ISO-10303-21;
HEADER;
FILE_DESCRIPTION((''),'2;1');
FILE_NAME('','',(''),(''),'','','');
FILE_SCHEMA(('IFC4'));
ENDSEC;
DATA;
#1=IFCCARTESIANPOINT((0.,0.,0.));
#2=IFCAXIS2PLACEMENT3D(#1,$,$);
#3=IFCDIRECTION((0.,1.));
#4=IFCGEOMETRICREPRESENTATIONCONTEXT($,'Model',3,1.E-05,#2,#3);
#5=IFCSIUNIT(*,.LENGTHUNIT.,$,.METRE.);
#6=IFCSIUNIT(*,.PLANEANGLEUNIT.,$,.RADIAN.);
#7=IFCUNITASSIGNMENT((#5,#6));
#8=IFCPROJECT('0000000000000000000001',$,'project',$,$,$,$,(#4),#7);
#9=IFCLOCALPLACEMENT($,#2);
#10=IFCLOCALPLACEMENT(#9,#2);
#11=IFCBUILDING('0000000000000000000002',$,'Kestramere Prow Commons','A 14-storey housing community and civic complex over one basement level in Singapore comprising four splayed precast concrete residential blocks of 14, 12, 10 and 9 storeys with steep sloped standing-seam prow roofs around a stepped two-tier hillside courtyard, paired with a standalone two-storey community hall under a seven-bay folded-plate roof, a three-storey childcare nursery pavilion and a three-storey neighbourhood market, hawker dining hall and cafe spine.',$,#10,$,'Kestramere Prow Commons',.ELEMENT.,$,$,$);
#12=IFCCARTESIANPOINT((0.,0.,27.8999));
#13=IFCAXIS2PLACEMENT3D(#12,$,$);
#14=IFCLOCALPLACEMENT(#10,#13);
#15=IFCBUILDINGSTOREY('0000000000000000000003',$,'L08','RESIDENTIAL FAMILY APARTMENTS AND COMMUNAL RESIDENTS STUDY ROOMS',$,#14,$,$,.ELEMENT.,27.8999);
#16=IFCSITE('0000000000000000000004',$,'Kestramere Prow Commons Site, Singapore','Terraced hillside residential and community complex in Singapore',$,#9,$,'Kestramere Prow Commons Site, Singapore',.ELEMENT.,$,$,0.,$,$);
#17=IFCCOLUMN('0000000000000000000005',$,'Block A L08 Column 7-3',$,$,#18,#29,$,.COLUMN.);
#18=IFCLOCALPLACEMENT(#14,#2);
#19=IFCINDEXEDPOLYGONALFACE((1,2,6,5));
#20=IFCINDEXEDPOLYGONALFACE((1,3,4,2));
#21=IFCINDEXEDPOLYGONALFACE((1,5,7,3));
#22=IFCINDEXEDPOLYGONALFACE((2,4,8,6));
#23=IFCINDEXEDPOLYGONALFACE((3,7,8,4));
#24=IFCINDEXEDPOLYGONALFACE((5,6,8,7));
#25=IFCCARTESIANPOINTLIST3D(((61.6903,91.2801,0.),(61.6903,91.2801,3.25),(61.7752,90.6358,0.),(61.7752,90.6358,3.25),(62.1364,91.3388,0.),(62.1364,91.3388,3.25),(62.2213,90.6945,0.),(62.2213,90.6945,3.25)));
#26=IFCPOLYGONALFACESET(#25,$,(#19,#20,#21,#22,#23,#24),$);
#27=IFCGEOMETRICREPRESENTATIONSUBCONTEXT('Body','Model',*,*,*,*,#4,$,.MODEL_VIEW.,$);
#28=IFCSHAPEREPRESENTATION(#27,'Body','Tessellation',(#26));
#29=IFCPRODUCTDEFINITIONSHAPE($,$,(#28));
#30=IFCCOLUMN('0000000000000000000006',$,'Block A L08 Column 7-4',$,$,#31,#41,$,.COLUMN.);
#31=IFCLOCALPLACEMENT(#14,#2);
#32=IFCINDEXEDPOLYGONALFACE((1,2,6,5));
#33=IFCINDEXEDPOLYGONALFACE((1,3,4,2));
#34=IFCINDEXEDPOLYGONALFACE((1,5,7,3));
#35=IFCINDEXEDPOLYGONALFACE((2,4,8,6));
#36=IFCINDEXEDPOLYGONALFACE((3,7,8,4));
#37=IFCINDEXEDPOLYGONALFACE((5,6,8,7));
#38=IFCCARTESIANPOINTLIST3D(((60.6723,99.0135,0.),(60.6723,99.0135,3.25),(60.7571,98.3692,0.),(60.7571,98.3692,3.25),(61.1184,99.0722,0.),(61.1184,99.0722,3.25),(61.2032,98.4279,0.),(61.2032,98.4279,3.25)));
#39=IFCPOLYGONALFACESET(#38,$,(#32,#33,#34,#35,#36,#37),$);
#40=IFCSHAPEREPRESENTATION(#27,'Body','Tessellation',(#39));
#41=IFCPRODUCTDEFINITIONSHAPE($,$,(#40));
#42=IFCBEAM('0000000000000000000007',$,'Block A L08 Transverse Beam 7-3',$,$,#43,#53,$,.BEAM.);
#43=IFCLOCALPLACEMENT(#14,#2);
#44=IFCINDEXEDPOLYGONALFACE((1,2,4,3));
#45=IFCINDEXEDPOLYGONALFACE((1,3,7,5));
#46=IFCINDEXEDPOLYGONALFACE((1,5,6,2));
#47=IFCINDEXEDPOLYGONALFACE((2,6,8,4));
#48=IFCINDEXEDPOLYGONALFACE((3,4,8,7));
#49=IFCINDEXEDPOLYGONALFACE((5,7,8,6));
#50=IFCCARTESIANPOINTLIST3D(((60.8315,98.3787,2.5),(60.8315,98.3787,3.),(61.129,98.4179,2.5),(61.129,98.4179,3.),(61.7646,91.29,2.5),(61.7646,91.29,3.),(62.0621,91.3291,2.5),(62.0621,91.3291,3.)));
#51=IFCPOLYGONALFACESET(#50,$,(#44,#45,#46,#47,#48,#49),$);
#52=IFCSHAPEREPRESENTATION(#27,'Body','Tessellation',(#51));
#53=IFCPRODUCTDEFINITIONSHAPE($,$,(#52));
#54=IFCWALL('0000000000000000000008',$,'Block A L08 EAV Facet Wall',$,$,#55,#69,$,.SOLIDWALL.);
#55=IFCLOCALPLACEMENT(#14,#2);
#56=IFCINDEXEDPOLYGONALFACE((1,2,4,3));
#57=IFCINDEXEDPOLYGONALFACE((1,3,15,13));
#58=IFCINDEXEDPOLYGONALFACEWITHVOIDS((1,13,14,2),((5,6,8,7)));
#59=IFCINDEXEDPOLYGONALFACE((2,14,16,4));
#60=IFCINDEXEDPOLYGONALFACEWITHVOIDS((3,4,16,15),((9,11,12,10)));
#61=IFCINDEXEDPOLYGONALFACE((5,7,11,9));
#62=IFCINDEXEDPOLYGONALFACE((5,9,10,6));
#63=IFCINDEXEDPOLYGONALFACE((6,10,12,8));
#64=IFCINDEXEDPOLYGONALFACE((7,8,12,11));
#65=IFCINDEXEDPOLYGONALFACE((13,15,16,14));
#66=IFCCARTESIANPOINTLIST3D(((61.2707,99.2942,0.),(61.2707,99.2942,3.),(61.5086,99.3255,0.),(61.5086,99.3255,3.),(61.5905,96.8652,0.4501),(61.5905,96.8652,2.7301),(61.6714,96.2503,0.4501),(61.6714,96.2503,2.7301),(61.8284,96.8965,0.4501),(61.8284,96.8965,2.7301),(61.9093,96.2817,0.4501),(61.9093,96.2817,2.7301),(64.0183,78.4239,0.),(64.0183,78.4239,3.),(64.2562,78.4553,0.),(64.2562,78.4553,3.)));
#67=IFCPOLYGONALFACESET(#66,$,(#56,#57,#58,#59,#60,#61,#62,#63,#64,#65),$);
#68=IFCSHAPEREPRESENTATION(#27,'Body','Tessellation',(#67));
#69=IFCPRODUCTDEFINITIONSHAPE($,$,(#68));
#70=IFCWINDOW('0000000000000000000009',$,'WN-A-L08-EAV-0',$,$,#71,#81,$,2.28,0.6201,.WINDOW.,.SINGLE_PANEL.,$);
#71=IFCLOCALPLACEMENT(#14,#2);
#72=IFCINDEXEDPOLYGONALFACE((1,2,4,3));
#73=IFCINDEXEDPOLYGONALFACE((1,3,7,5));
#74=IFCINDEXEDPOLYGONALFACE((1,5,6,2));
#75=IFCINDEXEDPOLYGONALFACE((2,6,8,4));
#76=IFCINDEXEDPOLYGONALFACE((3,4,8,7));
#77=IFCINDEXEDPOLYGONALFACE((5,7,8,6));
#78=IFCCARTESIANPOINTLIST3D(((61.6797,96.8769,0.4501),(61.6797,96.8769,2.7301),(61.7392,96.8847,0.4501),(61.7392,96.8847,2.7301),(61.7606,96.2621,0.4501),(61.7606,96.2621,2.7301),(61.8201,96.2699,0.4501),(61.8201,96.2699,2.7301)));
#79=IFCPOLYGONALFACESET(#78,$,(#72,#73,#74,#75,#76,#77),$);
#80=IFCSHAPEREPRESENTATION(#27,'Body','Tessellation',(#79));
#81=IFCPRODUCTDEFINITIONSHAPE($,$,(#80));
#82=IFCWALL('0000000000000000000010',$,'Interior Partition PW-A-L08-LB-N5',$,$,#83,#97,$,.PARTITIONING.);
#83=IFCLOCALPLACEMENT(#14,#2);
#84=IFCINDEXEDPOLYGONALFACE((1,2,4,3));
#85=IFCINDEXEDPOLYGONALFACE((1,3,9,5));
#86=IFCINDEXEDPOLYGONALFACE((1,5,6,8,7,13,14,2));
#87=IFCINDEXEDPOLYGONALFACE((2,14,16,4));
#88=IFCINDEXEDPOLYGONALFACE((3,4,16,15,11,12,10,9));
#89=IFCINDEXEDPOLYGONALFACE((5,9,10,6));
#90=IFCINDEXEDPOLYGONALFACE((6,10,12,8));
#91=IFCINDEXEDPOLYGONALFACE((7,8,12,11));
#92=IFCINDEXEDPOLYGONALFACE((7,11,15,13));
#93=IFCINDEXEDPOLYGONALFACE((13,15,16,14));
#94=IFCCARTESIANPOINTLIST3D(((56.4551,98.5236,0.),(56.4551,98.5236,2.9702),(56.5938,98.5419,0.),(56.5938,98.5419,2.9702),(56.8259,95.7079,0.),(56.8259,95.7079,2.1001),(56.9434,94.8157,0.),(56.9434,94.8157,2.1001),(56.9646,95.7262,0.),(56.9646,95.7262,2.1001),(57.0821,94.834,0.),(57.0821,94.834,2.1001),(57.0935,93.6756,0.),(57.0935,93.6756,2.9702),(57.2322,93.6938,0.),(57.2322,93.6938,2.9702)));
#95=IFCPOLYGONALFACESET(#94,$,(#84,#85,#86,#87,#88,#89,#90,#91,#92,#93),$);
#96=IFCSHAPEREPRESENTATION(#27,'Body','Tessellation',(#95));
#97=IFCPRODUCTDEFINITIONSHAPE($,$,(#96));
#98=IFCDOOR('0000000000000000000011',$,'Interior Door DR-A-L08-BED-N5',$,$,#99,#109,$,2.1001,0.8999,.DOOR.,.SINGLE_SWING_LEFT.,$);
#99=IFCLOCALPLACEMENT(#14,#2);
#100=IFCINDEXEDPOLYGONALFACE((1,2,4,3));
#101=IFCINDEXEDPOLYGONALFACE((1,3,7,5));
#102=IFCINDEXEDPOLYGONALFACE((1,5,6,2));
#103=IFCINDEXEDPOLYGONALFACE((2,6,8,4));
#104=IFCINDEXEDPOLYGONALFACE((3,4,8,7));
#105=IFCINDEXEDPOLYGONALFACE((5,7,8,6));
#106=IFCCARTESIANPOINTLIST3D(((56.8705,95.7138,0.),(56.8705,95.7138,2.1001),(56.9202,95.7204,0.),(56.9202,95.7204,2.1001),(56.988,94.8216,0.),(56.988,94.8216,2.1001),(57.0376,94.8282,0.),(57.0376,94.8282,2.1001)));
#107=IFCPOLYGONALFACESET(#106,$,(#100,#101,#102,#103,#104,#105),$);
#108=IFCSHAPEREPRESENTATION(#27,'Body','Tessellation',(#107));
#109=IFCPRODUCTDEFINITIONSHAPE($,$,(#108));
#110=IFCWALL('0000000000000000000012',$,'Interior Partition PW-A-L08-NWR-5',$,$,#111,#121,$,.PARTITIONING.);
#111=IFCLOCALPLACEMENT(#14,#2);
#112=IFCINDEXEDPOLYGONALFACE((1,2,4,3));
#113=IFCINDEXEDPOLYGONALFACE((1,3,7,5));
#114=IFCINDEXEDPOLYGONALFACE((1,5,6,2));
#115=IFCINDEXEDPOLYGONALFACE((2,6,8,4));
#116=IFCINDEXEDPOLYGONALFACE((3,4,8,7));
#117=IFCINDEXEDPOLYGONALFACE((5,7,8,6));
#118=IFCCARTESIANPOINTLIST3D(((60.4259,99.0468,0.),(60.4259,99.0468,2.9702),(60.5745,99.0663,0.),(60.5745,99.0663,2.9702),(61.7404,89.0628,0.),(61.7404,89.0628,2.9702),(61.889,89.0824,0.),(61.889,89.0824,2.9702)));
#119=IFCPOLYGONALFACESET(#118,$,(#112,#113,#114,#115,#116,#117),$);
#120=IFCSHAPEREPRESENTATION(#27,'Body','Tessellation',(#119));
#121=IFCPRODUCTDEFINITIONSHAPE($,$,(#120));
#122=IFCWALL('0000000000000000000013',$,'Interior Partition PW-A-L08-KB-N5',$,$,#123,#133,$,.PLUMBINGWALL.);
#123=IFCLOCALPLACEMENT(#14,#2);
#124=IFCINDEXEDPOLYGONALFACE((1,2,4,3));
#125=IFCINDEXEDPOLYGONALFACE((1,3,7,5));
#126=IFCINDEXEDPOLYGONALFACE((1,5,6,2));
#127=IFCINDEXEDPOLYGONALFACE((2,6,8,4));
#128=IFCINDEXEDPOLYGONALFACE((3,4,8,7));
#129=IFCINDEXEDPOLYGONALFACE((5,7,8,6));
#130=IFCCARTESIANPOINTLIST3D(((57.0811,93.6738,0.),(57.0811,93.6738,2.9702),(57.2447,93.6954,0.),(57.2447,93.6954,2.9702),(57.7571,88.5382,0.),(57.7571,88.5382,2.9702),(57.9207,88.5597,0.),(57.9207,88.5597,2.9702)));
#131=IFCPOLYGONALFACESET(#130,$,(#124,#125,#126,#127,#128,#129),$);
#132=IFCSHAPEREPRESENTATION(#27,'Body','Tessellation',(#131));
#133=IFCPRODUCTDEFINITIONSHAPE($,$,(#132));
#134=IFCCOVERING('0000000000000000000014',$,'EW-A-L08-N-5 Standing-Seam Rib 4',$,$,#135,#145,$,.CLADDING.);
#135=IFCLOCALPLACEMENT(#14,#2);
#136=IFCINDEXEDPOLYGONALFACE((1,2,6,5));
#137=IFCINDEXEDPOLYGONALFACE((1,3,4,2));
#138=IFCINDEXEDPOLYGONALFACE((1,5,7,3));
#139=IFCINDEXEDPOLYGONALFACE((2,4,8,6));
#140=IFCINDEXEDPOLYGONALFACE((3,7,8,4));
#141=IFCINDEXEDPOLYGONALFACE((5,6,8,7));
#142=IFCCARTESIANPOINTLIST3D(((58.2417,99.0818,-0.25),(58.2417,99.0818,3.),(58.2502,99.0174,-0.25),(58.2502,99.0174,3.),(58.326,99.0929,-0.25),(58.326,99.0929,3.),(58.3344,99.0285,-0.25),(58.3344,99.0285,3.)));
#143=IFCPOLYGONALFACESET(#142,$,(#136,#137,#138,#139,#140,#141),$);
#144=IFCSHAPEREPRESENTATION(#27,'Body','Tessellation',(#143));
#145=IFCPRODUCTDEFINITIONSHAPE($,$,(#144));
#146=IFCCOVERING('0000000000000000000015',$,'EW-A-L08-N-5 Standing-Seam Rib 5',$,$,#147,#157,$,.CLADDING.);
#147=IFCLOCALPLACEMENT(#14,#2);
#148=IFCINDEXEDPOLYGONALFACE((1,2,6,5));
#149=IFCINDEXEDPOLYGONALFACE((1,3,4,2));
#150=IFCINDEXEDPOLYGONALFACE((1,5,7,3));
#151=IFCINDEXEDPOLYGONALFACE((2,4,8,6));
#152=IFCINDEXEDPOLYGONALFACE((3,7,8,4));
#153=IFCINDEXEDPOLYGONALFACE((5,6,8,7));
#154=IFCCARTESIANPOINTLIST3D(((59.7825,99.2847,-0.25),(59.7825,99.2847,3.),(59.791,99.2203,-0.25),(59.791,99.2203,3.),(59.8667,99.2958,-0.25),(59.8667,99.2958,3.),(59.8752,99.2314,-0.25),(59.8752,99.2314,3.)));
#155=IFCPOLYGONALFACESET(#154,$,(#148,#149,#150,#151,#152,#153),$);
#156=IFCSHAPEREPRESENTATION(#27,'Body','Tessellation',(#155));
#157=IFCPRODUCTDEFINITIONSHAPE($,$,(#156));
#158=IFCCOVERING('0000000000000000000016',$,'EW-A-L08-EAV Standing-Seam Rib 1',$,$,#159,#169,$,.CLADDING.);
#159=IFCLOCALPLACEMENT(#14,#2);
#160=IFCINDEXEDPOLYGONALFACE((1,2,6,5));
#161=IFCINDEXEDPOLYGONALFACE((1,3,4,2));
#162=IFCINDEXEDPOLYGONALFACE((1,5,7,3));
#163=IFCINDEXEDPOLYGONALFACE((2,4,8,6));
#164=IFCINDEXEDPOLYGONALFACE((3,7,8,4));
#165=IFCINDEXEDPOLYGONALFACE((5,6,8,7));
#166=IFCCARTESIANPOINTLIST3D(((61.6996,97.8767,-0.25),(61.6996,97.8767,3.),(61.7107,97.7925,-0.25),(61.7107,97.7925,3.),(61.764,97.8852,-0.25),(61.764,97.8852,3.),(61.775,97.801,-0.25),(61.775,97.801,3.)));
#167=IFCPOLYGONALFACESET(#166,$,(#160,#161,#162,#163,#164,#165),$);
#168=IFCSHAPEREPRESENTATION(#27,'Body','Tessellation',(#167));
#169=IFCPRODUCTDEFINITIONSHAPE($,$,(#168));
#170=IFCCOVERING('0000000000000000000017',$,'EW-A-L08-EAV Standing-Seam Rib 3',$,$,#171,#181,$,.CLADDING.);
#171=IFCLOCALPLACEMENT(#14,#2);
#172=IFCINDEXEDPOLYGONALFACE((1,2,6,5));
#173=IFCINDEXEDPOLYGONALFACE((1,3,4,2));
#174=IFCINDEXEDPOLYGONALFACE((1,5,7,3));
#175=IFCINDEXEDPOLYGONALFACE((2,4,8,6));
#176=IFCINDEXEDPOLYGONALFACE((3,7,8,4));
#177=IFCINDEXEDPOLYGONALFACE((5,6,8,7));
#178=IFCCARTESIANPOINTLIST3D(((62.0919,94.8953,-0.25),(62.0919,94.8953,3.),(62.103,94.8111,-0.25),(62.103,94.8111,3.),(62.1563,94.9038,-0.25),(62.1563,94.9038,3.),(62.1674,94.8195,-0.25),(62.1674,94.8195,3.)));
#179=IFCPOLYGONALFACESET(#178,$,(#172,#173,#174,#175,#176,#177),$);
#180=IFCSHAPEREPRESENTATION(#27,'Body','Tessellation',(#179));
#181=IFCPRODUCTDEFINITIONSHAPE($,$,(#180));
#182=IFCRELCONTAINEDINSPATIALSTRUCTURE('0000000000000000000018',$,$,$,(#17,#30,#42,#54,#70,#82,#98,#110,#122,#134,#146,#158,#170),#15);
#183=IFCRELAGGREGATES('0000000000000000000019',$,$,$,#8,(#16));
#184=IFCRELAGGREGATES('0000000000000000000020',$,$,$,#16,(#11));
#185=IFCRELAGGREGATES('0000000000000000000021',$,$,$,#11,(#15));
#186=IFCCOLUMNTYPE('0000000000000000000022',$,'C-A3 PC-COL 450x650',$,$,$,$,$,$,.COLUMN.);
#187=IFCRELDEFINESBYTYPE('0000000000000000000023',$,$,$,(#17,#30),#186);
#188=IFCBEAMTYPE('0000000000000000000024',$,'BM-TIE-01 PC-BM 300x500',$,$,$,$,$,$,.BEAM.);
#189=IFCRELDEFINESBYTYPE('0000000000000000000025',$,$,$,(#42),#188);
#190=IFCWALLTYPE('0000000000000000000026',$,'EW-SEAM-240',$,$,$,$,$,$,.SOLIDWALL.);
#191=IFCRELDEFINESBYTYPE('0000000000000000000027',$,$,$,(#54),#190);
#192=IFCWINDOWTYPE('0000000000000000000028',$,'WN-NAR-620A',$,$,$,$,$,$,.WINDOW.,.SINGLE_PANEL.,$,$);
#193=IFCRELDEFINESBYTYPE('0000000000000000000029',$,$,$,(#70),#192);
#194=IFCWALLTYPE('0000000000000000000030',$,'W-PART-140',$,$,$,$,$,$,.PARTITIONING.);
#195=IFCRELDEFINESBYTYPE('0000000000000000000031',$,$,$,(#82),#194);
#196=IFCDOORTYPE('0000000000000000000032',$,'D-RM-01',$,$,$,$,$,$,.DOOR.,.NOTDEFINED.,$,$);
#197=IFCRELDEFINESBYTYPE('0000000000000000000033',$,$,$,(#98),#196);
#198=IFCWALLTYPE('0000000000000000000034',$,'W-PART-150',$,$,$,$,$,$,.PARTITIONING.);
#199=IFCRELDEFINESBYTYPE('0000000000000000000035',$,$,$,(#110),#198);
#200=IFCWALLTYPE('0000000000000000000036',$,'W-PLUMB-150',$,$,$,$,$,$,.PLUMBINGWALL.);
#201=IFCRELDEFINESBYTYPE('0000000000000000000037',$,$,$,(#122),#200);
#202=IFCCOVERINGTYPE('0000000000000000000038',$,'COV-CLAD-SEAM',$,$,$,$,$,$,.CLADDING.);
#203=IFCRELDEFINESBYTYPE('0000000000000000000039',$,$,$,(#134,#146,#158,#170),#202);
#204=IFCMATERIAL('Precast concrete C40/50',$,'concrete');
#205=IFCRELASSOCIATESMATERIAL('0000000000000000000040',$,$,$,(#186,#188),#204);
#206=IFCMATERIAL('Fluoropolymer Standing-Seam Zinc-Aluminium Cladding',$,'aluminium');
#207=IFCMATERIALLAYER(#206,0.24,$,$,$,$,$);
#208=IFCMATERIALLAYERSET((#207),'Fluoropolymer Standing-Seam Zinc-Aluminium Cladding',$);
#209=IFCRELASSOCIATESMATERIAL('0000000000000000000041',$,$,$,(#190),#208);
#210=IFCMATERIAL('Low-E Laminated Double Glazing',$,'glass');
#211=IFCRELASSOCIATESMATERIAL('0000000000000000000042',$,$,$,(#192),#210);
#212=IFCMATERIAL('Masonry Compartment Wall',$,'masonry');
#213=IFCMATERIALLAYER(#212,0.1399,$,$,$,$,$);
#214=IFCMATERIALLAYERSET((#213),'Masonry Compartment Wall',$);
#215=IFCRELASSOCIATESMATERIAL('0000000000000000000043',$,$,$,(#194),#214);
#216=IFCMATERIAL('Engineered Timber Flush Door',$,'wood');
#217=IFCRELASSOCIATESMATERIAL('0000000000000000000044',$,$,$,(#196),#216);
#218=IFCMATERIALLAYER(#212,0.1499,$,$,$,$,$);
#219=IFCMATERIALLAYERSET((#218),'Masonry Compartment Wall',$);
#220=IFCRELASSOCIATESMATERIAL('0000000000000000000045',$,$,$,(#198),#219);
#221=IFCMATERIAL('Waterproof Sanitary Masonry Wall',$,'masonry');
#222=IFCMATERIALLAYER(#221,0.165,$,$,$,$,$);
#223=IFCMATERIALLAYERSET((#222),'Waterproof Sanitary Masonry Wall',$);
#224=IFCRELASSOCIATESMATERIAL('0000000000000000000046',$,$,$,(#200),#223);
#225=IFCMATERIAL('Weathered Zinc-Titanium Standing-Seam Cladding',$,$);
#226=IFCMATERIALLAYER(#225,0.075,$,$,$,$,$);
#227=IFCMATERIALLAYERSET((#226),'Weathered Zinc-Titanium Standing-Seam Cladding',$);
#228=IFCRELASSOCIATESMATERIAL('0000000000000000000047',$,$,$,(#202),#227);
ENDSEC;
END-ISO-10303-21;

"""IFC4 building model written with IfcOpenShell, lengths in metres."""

from ifc_helpers import new_model, si_unit, direction, frame, frame_2d, origin, origin_2d, place, context, subcontext, project, spatial, rectangle, extrude, material, layer, layer_set, material_profile, profile_set, type_object, element, fill, save


model = new_model("IFC4")

# Units and contexts
model_context = context("Model", 3, precision=1e-05, world=origin(), true_north=direction((0.0, 1.0)))
body_context = subcontext(model_context, "Body", "Model", "MODEL_VIEW")
ifc_project = project(units=[si_unit("LENGTHUNIT", "METRE"), si_unit("PLANEANGLEUNIT", "RADIAN")], contexts=[model_context])

# Site, building, storey
site_placement = place(None, origin())
site = spatial("IfcSite", under=ifc_project, at=site_placement, Name="Kestramere Prow Commons Site, Singapore", Description="Terraced hillside residential and community complex in Singapore", LongName="Kestramere Prow Commons Site, Singapore", CompositionType="ELEMENT", RefElevation=0.0)
building_placement = place(site_placement, origin())
building = spatial("IfcBuilding", under=site, at=building_placement, Name="Kestramere Prow Commons", Description="A 14-storey housing community and civic complex over one basement level in Singapore comprising four splayed precast concrete residential blocks of 14, 12, 10 and 9 storeys with steep sloped standing-seam prow roofs around a stepped two-tier hillside courtyard, paired with a standalone two-storey community hall under a seven-bay folded-plate roof, a three-storey childcare nursery pavilion and a three-storey neighbourhood market, hawker dining hall and cafe spine.", LongName="Kestramere Prow Commons", CompositionType="ELEMENT")
storey_placement = place(building_placement, frame((0.0, 0.0, 27.8999)))
storey = spatial("IfcBuildingStorey", under=building, at=storey_placement, Name="L08", Description="RESIDENTIAL FAMILY APARTMENTS AND COMMUNAL RESIDENTS STUDY ROOMS", CompositionType="ELEMENT", Elevation=27.8999)

# Columns
ifc_material_1 = material(Name="Precast concrete C40/50", Category="concrete")
ifc_material_profile_1 = material_profile(ifc_material_1, rectangle(XDim=0.45, YDim=0.6499, at=origin_2d()), Name="PC-COL 450x650")
ifc_profile_set_1 = profile_set([ifc_material_profile_1], Name="Precast concrete C40/50")
column_type = type_object("IfcColumnType", Name="C-A3 PC-COL 450x650", PredefinedType="COLUMN", material=ifc_profile_set_1)
for number, where, z_axis, x_axis, name in (
    (1, (61.9558, 90.9873, 0.0), (0.0, 0.0, 1.0), (0.991445, 0.130526, 0.0), "Block A L08 Column 7-3"),
    (2, (60.9377, 98.7207, 0.0), (0.0, 0.0, 1.0), (0.991445, 0.130526, 0.0), "Block A L08 Column 7-4"),
):
    element("IfcColumn", number, at=place(storey_placement, frame(where, z_axis=z_axis, x_axis=x_axis)), inside=storey, type_object=column_type, Name=name, PredefinedType="COLUMN", context=body_context, shape_type="SweptSolid", body=[
        extrude(rectangle(XDim=0.45, YDim=0.6499, at=origin_2d()), origin(), (0.0, 0.0, 1.0), 3.25),
    ])

# Beam
ifc_material_profile_2 = material_profile(ifc_material_1, rectangle(XDim=0.3, YDim=0.5, at=origin_2d()), Name="PC-BM 300x500")
ifc_profile_set_2 = profile_set([ifc_material_profile_2], Name="Precast concrete C40/50")
beam_type = type_object("IfcBeamType", Name="BM-TIE-01 PC-BM 300x500", PredefinedType="BEAM", material=ifc_profile_set_2)
beam_placement = place(storey_placement, frame((61.9133, 91.3096, 2.75), z_axis=(-0.130504, 0.991448, 0.0), x_axis=(-0.991448, -0.130504, 0.0)))
element("IfcBeam", 3, at=beam_placement, inside=storey, type_object=beam_type, Name="Block A L08 Transverse Beam 7-3", PredefinedType="BEAM", context=body_context, shape_type="SweptSolid", body=[
    extrude(rectangle(XDim=0.3, YDim=0.5, at=origin_2d()), origin(), (0.0, 0.0, 1.0), 7.1499),
])

# Wall, opening, window
ifc_material_2 = material(Name="Fluoropolymer Standing-Seam Zinc-Aluminium Cladding", Category="aluminium")
ifc_layer_1 = layer(ifc_material_2, 0.24)
ifc_layer_set_1 = layer_set([ifc_layer_1], Name="Fluoropolymer Standing-Seam Zinc-Aluminium Cladding")
wall_type_1 = type_object("IfcWallType", Name="EW-SEAM-240", PredefinedType="SOLIDWALL", material=ifc_layer_set_1)
wall_1_placement = place(storey_placement, frame((61.3896, 99.3098, 0.0), z_axis=(0.0, 0.0, 1.0), x_axis=(0.130524, -0.991445, 0.0)))
wall_1 = element("IfcWall", 4, at=wall_1_placement, inside=storey, type_object=wall_type_1, Name="Block A L08 EAV Facet Wall", PredefinedType="SOLIDWALL", context=body_context, shape_type="SweptSolid", body=[
    extrude(rectangle(XDim=21.0503, YDim=0.24, at=frame_2d((10.5251, 0.0))), origin(), (0.0, 0.0, 1.0), 3.0),
])
opening_1_placement = place(wall_1_placement, frame((2.45, 0.0, 0.45)))
opening_1 = element("IfcOpeningElement", 5, at=opening_1_placement, cuts=wall_1, PredefinedType="OPENING", context=body_context, shape_type="SweptSolid", body=[
    extrude(rectangle(XDim=0.6201, YDim=2.28, at=frame_2d((0.3101, 1.1401))), frame((0.0, 0.135, 0.0), z_axis=(0.0, -1.0, 0.0), x_axis=(1.0, 0.0, 0.0)), (0.0, 0.0, 1.0), 0.27),
])
ifc_material_3 = material(Name="Low-E Laminated Double Glazing", Category="glass")
window_type = type_object("IfcWindowType", Name="WN-NAR-620A", PartitioningType="SINGLE_PANEL", PredefinedType="WINDOW", material=ifc_material_3)
window_placement = place(opening_1_placement, origin())
window = element("IfcWindow", 6, at=window_placement, inside=storey, type_object=window_type, Name="WN-A-L08-EAV-0", OverallHeight=2.28, OverallWidth=0.6201, PartitioningType="SINGLE_PANEL", PredefinedType="WINDOW", context=body_context, shape_type="SweptSolid", body=[
    extrude(rectangle(XDim=0.6201, YDim=2.28, at=frame_2d((0.3101, 1.1401))), frame((0.0, 0.03, 0.0), z_axis=(0.0, -1.0, 0.0), x_axis=(1.0, 0.0, 0.0)), (0.0, 0.0, 1.0), 0.0601),
])
fill(opening_1, window)

# Wall, opening, door
ifc_material_4 = material(Name="Masonry Compartment Wall", Category="masonry")
ifc_layer_2 = layer(ifc_material_4, 0.1399)
ifc_layer_set_2 = layer_set([ifc_layer_2], Name="Masonry Compartment Wall")
wall_type_2 = type_object("IfcWallType", Name="W-PART-140", PredefinedType="PARTITIONING", material=ifc_layer_set_2)
wall_2_placement = place(storey_placement, frame((57.1628, 93.6848, 0.0), z_axis=(0.0, 0.0, 1.0), x_axis=(-0.130558, 0.991441, 0.0)))
wall_2 = element("IfcWall", 7, at=wall_2_placement, inside=storey, type_object=wall_type_2, Name="Interior Partition PW-A-L08-LB-N5", PredefinedType="PARTITIONING", context=body_context, shape_type="SweptSolid", body=[
    extrude(rectangle(XDim=4.8899, YDim=0.1399, at=frame_2d((2.4448, 0.0))), origin(), (0.0, 0.0, 1.0), 2.9702),
])
opening_2_placement = place(wall_2_placement, frame((1.1499, 0.0, 0.0)))
opening_2 = element("IfcOpeningElement", 8, at=opening_2_placement, cuts=wall_2, PredefinedType="OPENING", context=body_context, shape_type="SweptSolid", body=[
    extrude(rectangle(XDim=0.8999, YDim=2.1001, at=frame_2d((0.45, 1.05))), frame((0.0, 0.085, 0.0), z_axis=(0.0, -1.0, 0.0), x_axis=(1.0, 0.0, 0.0)), (0.0, 0.0, 1.0), 0.1699),
])
ifc_material_5 = material(Name="Engineered Timber Flush Door", Category="wood")
door_type = type_object("IfcDoorType", Name="D-RM-01", OperationType="NOTDEFINED", PredefinedType="DOOR", material=ifc_material_5)
door_placement = place(opening_2_placement, origin())
door = element("IfcDoor", 9, at=door_placement, inside=storey, type_object=door_type, Name="Interior Door DR-A-L08-BED-N5", OperationType="SINGLE_SWING_LEFT", OverallHeight=2.1001, OverallWidth=0.8999, PredefinedType="DOOR", context=body_context, shape_type="SweptSolid", body=[
    extrude(rectangle(XDim=0.8999, YDim=2.1001, at=frame_2d((0.45, 1.05))), frame((0.0, 0.0249, 0.0), z_axis=(0.0, -1.0, 0.0), x_axis=(1.0, 0.0, 0.0)), (0.0, 0.0, 1.0), 0.05),
])
fill(opening_2, door)

# Walls
ifc_layer_3 = layer(ifc_material_4, 0.1499)
ifc_layer_set_3 = layer_set([ifc_layer_3], Name="Masonry Compartment Wall")
wall_type_3 = type_object("IfcWallType", Name="W-PART-150", PredefinedType="PARTITIONING", material=ifc_layer_set_3)
wall_3_placement = place(storey_placement, frame((61.8147, 89.0725, 0.0), z_axis=(0.0, 0.0, 1.0), x_axis=(-0.130531, 0.991444, 0.0)))
element("IfcWall", 10, at=wall_3_placement, inside=storey, type_object=wall_type_3, Name="Interior Partition PW-A-L08-NWR-5", PredefinedType="PARTITIONING", context=body_context, shape_type="SweptSolid", body=[
    extrude(rectangle(XDim=10.0701, YDim=0.1499, at=frame_2d((5.0352, 0.0))), origin(), (0.0, 0.0, 1.0), 2.9702),
])
ifc_material_6 = material(Name="Waterproof Sanitary Masonry Wall", Category="masonry")
ifc_layer_4 = layer(ifc_material_6, 0.165)
ifc_layer_set_4 = layer_set([ifc_layer_4], Name="Waterproof Sanitary Masonry Wall")
wall_type_4 = type_object("IfcWallType", Name="W-PLUMB-150", PredefinedType="PLUMBINGWALL", material=ifc_layer_set_4)
wall_4_placement = place(storey_placement, frame((57.8389, 88.5491, 0.0), z_axis=(0.0, 0.0, 1.0), x_axis=(-0.130506, 0.991448, 0.0)))
element("IfcWall", 11, at=wall_4_placement, inside=storey, type_object=wall_type_4, Name="Interior Partition PW-A-L08-KB-N5", PredefinedType="PLUMBINGWALL", context=body_context, shape_type="SweptSolid", body=[
    extrude(rectangle(XDim=5.1799, YDim=0.165, at=frame_2d((2.5898, 0.0))), origin(), (0.0, 0.0, 1.0), 2.9702),
])

# Coverings
ifc_material_7 = material(Name="Weathered Zinc-Titanium Standing-Seam Cladding")
ifc_layer_5 = layer(ifc_material_7, 0.075)
ifc_layer_set_5 = layer_set([ifc_layer_5], Name="Weathered Zinc-Titanium Standing-Seam Cladding")
covering_type = type_object("IfcCoveringType", Name="COV-CLAD-SEAM", PredefinedType="CLADDING", material=ifc_layer_set_5)
for number, where, z_axis, x_axis, name in (
    (12, (58.2881, 99.0552, -0.25), (0.0, 0.0, 1.0), (0.991445, 0.130526, 0.0), "EW-A-L08-N-5 Standing-Seam Rib 4"),
    (13, (59.8289, 99.2581, -0.25), (0.0, 0.0, 1.0), (0.991445, 0.130526, 0.0), "EW-A-L08-N-5 Standing-Seam Rib 5"),
    (14, (61.7373, 97.8389, -0.25), (0.0, 0.0, 1.0), (0.130526, -0.991445, 0.0), "EW-A-L08-EAV Standing-Seam Rib 1"),
    (15, (62.1296, 94.8574, -0.25), (0.0, 0.0, 1.0), (0.130526, -0.991445, 0.0), "EW-A-L08-EAV Standing-Seam Rib 3"),
):
    element("IfcCovering", number, at=place(storey_placement, frame(where, z_axis=z_axis, x_axis=x_axis)), inside=storey, type_object=covering_type, Name=name, PredefinedType="CLADDING", context=body_context, shape_type="SweptSolid", body=[
        extrude(rectangle(XDim=0.085, YDim=0.0649, at=origin_2d()), origin(), (0.0, 0.0, 1.0), 3.25),
    ])

save(model, "model.ifc")
